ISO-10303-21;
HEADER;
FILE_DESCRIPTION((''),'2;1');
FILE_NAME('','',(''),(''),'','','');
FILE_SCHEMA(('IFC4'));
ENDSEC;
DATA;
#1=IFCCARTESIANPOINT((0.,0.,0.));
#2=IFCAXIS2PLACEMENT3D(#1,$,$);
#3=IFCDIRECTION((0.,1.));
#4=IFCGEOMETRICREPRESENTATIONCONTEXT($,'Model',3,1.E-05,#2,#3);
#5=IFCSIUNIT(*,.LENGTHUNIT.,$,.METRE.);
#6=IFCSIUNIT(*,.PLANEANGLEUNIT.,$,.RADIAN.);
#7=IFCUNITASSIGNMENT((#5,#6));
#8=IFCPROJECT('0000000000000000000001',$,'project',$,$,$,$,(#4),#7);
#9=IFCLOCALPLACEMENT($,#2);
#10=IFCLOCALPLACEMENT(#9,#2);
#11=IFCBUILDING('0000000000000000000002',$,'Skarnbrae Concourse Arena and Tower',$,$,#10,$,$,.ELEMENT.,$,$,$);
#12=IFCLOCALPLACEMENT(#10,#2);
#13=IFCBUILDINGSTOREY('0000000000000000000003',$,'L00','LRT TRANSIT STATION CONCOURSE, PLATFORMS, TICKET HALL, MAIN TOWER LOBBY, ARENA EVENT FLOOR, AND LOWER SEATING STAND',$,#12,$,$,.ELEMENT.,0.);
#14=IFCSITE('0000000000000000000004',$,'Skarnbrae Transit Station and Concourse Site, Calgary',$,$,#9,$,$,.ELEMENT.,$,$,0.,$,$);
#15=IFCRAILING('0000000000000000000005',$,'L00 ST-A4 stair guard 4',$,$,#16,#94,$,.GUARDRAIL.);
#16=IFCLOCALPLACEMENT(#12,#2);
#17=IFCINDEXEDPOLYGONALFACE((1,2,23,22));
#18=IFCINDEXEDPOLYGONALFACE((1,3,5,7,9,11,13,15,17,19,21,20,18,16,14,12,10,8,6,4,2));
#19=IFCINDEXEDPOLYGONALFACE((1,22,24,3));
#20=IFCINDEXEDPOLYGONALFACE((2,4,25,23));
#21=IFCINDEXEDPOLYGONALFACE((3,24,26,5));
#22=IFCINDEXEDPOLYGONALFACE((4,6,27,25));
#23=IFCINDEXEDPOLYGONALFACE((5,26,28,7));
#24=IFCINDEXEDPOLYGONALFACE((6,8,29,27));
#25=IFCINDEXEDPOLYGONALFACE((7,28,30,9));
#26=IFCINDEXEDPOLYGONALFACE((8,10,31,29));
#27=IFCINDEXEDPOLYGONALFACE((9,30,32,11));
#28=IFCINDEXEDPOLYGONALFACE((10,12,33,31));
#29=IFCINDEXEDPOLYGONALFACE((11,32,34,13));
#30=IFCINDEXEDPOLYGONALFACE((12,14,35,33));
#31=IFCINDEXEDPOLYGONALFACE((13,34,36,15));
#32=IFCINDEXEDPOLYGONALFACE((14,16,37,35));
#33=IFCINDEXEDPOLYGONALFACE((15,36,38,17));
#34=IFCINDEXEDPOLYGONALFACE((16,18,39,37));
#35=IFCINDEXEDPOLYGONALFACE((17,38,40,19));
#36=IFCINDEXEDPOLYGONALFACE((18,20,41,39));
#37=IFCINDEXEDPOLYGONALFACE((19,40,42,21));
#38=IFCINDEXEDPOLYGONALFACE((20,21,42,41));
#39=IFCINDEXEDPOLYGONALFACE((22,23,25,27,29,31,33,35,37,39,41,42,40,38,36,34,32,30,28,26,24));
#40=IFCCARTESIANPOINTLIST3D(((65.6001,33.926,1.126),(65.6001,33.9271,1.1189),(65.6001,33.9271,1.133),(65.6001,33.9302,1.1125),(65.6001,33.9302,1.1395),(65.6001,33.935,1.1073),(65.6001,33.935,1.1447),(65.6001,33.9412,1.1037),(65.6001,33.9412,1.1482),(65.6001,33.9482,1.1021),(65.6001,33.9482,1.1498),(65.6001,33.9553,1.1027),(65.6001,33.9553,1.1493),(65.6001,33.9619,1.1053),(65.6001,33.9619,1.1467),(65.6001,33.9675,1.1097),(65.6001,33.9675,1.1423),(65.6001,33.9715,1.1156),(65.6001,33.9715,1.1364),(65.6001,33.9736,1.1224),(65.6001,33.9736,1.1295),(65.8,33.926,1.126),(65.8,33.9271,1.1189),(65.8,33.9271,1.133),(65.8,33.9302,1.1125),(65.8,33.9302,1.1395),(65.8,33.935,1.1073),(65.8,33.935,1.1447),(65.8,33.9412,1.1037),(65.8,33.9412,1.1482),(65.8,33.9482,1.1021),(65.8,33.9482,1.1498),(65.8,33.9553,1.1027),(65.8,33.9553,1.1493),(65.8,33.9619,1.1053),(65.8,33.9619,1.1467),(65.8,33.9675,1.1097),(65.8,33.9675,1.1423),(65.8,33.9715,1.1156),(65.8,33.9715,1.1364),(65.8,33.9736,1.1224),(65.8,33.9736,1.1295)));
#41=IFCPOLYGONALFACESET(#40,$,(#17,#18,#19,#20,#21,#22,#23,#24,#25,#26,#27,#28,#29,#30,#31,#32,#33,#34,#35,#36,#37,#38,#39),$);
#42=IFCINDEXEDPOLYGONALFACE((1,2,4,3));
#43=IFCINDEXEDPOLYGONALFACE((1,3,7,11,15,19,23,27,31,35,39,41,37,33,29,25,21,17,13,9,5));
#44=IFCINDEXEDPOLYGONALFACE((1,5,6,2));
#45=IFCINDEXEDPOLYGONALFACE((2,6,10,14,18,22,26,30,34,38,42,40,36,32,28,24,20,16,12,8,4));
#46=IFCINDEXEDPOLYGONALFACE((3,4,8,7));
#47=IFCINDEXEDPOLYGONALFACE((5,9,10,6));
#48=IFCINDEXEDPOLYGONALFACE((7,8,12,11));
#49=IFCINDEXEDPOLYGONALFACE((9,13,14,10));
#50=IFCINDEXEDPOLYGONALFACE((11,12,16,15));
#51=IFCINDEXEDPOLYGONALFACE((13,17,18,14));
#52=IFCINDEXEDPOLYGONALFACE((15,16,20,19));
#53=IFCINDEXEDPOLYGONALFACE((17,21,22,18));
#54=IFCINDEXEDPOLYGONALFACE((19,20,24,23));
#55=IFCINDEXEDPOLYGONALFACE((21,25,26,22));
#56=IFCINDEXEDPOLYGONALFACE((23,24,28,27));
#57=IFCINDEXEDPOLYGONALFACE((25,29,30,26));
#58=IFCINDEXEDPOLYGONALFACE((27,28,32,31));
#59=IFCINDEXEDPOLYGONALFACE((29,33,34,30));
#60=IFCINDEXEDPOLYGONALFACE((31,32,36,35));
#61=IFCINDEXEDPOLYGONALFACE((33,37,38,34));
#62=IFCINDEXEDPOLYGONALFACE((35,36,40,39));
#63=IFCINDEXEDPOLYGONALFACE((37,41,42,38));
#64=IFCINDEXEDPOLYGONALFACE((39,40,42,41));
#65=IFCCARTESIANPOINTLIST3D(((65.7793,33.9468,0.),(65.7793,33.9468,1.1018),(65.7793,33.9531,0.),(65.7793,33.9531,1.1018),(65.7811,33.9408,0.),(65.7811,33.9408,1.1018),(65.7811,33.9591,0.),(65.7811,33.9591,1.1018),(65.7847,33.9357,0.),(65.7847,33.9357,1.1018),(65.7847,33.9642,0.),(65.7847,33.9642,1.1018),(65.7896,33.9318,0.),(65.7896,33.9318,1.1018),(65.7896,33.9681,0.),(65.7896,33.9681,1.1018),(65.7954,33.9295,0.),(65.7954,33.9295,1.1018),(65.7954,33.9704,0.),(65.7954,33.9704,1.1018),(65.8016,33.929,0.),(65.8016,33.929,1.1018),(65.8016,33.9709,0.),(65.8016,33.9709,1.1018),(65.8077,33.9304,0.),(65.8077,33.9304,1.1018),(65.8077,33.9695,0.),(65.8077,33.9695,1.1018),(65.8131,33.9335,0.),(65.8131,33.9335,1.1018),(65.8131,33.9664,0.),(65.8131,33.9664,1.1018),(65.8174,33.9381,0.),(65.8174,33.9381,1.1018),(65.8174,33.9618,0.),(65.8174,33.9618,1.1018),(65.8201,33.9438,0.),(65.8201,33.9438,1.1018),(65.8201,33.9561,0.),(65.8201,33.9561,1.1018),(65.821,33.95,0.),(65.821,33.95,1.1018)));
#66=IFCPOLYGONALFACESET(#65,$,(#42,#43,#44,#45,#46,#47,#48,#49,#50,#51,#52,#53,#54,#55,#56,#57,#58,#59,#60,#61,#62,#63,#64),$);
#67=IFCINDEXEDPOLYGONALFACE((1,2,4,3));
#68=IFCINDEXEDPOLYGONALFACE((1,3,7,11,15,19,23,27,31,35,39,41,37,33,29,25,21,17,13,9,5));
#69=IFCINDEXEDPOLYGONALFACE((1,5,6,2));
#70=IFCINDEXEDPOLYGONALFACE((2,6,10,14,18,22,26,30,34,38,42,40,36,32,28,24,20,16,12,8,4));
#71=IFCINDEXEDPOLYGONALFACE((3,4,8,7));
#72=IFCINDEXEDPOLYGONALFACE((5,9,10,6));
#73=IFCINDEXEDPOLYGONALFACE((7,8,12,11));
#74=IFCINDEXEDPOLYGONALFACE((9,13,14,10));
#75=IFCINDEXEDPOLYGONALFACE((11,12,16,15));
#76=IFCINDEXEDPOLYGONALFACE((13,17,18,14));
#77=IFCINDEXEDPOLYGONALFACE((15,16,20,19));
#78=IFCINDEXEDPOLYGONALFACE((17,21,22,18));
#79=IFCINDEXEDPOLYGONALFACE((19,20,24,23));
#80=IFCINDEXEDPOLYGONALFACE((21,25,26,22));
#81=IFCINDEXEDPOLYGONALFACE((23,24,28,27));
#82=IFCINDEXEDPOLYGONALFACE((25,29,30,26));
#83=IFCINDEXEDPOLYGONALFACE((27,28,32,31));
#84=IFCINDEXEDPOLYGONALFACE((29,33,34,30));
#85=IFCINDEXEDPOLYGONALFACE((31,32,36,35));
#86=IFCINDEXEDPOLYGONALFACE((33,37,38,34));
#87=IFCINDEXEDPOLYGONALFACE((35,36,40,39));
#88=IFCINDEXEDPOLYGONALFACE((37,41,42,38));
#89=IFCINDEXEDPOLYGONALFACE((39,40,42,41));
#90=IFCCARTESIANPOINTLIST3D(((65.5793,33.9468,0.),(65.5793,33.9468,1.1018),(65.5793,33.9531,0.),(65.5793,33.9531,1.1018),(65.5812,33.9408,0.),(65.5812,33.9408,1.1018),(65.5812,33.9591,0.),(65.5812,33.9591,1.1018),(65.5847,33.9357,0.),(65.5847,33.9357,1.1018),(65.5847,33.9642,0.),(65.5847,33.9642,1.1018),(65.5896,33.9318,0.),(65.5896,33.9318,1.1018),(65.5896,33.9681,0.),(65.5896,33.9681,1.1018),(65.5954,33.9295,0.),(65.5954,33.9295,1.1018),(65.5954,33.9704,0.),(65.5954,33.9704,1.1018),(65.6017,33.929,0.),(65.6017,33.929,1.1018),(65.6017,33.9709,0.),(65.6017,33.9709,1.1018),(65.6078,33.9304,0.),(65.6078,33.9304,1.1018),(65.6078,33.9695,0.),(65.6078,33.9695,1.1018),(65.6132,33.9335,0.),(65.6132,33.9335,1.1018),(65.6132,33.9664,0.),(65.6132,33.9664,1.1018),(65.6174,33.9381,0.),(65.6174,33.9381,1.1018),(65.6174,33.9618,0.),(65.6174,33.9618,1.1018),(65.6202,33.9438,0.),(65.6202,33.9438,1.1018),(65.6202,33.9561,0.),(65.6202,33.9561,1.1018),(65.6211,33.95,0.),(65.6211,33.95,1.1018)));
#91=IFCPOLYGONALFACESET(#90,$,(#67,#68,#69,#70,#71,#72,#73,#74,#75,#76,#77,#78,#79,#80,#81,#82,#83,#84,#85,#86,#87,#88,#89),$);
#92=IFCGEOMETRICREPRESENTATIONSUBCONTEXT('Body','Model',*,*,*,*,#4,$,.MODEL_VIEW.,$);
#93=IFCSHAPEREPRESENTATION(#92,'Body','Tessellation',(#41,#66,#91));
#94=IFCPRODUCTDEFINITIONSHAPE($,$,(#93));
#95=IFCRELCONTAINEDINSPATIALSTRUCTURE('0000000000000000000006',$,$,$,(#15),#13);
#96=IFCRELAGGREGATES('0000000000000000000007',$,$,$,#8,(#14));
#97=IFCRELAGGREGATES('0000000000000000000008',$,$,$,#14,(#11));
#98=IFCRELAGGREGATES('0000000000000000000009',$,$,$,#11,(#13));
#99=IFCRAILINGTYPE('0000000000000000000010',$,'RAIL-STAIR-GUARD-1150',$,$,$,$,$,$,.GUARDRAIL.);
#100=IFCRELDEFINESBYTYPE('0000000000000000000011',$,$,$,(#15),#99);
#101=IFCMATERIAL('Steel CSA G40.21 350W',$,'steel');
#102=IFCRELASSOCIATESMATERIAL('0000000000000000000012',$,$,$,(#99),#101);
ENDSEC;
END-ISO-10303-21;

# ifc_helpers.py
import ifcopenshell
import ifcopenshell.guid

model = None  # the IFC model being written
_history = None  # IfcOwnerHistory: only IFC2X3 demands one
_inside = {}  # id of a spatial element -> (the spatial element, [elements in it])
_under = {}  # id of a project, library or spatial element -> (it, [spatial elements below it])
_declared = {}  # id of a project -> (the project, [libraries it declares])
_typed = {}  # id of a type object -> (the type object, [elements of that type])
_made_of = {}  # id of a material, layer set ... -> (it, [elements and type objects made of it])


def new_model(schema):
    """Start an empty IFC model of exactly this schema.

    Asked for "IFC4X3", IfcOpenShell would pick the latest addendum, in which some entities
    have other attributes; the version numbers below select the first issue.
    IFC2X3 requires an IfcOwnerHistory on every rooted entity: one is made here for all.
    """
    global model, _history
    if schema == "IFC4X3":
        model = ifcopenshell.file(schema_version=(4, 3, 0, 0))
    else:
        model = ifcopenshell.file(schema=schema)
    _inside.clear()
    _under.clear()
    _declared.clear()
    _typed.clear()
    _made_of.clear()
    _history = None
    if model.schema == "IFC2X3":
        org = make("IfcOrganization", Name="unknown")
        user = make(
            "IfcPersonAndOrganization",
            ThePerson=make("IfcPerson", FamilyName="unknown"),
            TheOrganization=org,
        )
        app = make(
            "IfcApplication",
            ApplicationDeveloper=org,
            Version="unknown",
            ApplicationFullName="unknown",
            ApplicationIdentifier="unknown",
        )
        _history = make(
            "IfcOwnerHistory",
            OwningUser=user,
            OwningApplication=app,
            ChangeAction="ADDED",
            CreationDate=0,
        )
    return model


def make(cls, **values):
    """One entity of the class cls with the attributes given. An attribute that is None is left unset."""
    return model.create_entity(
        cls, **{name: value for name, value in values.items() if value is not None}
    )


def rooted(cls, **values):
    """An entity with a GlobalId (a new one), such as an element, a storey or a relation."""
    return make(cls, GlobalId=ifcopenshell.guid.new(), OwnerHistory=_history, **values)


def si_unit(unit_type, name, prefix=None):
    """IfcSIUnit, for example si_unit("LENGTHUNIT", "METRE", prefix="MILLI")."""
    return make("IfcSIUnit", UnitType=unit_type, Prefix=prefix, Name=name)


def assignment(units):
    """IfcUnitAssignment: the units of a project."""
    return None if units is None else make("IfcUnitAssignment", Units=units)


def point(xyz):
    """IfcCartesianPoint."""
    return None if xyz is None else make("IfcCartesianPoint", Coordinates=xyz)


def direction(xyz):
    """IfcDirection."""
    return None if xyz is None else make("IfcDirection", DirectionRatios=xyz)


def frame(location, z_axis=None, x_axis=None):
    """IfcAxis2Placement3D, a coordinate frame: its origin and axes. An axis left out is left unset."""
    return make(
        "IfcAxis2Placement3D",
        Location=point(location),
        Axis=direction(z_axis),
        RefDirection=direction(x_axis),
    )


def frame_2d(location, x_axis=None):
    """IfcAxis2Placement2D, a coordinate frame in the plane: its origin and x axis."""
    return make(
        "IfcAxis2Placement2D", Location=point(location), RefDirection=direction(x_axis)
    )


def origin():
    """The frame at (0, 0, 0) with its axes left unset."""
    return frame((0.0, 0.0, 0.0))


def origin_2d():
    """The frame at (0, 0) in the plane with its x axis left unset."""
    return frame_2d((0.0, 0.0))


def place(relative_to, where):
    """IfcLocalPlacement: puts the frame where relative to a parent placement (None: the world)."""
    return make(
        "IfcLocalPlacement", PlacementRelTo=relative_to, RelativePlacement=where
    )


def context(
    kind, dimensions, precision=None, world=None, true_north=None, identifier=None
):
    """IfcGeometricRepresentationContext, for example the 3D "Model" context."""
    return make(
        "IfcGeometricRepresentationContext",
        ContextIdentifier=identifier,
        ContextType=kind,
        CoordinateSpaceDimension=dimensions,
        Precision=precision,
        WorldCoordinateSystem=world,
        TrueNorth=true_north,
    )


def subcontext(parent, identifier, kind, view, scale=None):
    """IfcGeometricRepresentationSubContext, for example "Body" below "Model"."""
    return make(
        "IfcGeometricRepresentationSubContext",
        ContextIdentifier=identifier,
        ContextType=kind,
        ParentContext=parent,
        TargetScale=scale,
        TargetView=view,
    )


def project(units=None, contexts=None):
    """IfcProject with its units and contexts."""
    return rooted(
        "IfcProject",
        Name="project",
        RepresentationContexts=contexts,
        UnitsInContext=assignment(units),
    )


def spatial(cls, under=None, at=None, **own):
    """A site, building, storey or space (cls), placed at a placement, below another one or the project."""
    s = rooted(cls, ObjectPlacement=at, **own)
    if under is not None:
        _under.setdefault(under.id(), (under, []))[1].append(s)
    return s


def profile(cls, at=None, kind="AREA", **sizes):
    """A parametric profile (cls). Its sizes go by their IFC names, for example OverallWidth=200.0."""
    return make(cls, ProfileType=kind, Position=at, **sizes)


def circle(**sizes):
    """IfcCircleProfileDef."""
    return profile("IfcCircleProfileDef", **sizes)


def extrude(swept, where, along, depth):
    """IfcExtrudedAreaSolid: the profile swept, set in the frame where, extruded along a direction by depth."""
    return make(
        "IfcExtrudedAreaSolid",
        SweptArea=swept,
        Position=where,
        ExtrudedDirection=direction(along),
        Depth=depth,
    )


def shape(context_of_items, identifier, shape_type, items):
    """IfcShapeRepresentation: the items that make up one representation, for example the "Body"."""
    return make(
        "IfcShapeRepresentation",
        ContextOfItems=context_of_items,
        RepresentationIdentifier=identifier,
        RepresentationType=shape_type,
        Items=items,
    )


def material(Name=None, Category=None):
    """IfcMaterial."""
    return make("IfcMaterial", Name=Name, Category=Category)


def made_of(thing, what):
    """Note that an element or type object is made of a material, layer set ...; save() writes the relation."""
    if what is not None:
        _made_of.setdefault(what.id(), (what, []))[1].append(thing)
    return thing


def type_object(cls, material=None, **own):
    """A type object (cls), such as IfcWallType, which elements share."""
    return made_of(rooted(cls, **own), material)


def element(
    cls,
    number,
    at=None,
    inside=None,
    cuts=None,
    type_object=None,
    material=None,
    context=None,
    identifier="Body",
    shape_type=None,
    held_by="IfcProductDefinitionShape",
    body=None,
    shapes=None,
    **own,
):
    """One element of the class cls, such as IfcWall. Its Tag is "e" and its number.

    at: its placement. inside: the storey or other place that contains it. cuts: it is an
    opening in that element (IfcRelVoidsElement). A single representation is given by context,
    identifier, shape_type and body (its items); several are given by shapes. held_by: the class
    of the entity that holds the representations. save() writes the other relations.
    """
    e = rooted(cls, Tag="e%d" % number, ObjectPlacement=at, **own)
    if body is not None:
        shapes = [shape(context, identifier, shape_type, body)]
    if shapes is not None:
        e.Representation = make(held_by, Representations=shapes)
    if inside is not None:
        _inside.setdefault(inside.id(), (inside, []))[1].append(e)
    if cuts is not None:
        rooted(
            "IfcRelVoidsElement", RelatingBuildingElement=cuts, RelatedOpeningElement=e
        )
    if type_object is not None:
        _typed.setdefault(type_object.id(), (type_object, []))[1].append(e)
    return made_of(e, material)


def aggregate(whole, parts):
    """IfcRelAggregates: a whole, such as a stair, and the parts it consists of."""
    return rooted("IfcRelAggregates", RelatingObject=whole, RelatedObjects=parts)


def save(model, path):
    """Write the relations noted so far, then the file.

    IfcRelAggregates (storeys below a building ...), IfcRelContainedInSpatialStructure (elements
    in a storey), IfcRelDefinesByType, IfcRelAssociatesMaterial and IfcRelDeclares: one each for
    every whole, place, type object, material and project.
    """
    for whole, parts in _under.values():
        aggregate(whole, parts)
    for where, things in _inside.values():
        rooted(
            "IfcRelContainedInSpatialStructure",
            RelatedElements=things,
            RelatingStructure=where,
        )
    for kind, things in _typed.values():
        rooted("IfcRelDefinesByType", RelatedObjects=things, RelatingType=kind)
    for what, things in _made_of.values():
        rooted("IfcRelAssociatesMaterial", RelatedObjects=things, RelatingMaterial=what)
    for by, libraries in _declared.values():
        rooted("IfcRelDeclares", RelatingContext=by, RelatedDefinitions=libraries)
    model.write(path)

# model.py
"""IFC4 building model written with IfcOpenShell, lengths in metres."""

from ifc_helpers import new_model, si_unit, direction, frame, origin, origin_2d, place, context, subcontext, project, spatial, circle, extrude, material, type_object, element, save


model = new_model("IFC4")

# Units and contexts
model_context = context("Model", 3, precision=1e-05, world=origin(), true_north=direction((0.0, 1.0)))
body_context = subcontext(model_context, "Body", "Model", "MODEL_VIEW")
ifc_project = project(units=[si_unit("LENGTHUNIT", "METRE"), si_unit("PLANEANGLEUNIT", "RADIAN")], contexts=[model_context])

# Site, building, storey
site_placement = place(None, origin())
site = spatial("IfcSite", under=ifc_project, at=site_placement, Name="Skarnbrae Transit Station and Concourse Site, Calgary", CompositionType="ELEMENT", RefElevation=0.0)
building_placement = place(site_placement, origin())
building = spatial("IfcBuilding", under=site, at=building_placement, Name="Skarnbrae Concourse Arena and Tower", CompositionType="ELEMENT")
storey_placement = place(building_placement, origin())
storey = spatial("IfcBuildingStorey", under=building, at=storey_placement, Name="L00", Description="LRT TRANSIT STATION CONCOURSE, PLATFORMS, TICKET HALL, MAIN TOWER LOBBY, ARENA EVENT FLOOR, AND LOWER SEATING STAND", CompositionType="ELEMENT", Elevation=0.0)

# Shared definitions
ifc_material_1 = material(Name="Steel CSA G40.21 350W", Category="steel")

# Railing
railing_type_1 = type_object("IfcRailingType", Name="RAIL-STAIR-GUARD-1150", PredefinedType="GUARDRAIL", material=ifc_material_1)
railing_1_placement = place(storey_placement, frame((65.8, 33.95, 0.0)))
element("IfcRailing", 1, at=railing_1_placement, inside=storey, type_object=railing_type_1, Name="L00 ST-A4 stair guard 4", PredefinedType="GUARDRAIL", context=body_context, shape_type="SweptSolid", body=[
    extrude(circle(Radius=0.0239, at=origin_2d()), frame((0.0, 0.0, 1.126), z_axis=(-1.0, 0.0, 0.0), x_axis=(0.0, -1.0, 0.0)), (0.0, 0.0, 1.0), 0.2),
    extrude(circle(Radius=0.021, at=origin_2d()), origin(), (0.0, 0.0, 1.0), 1.1018),
    extrude(circle(Radius=0.021, at=origin_2d()), frame((-0.2, 0.0, 0.0)), (0.0, 0.0, 1.0), 1.1018),
])

save(model, "model.ifc")
